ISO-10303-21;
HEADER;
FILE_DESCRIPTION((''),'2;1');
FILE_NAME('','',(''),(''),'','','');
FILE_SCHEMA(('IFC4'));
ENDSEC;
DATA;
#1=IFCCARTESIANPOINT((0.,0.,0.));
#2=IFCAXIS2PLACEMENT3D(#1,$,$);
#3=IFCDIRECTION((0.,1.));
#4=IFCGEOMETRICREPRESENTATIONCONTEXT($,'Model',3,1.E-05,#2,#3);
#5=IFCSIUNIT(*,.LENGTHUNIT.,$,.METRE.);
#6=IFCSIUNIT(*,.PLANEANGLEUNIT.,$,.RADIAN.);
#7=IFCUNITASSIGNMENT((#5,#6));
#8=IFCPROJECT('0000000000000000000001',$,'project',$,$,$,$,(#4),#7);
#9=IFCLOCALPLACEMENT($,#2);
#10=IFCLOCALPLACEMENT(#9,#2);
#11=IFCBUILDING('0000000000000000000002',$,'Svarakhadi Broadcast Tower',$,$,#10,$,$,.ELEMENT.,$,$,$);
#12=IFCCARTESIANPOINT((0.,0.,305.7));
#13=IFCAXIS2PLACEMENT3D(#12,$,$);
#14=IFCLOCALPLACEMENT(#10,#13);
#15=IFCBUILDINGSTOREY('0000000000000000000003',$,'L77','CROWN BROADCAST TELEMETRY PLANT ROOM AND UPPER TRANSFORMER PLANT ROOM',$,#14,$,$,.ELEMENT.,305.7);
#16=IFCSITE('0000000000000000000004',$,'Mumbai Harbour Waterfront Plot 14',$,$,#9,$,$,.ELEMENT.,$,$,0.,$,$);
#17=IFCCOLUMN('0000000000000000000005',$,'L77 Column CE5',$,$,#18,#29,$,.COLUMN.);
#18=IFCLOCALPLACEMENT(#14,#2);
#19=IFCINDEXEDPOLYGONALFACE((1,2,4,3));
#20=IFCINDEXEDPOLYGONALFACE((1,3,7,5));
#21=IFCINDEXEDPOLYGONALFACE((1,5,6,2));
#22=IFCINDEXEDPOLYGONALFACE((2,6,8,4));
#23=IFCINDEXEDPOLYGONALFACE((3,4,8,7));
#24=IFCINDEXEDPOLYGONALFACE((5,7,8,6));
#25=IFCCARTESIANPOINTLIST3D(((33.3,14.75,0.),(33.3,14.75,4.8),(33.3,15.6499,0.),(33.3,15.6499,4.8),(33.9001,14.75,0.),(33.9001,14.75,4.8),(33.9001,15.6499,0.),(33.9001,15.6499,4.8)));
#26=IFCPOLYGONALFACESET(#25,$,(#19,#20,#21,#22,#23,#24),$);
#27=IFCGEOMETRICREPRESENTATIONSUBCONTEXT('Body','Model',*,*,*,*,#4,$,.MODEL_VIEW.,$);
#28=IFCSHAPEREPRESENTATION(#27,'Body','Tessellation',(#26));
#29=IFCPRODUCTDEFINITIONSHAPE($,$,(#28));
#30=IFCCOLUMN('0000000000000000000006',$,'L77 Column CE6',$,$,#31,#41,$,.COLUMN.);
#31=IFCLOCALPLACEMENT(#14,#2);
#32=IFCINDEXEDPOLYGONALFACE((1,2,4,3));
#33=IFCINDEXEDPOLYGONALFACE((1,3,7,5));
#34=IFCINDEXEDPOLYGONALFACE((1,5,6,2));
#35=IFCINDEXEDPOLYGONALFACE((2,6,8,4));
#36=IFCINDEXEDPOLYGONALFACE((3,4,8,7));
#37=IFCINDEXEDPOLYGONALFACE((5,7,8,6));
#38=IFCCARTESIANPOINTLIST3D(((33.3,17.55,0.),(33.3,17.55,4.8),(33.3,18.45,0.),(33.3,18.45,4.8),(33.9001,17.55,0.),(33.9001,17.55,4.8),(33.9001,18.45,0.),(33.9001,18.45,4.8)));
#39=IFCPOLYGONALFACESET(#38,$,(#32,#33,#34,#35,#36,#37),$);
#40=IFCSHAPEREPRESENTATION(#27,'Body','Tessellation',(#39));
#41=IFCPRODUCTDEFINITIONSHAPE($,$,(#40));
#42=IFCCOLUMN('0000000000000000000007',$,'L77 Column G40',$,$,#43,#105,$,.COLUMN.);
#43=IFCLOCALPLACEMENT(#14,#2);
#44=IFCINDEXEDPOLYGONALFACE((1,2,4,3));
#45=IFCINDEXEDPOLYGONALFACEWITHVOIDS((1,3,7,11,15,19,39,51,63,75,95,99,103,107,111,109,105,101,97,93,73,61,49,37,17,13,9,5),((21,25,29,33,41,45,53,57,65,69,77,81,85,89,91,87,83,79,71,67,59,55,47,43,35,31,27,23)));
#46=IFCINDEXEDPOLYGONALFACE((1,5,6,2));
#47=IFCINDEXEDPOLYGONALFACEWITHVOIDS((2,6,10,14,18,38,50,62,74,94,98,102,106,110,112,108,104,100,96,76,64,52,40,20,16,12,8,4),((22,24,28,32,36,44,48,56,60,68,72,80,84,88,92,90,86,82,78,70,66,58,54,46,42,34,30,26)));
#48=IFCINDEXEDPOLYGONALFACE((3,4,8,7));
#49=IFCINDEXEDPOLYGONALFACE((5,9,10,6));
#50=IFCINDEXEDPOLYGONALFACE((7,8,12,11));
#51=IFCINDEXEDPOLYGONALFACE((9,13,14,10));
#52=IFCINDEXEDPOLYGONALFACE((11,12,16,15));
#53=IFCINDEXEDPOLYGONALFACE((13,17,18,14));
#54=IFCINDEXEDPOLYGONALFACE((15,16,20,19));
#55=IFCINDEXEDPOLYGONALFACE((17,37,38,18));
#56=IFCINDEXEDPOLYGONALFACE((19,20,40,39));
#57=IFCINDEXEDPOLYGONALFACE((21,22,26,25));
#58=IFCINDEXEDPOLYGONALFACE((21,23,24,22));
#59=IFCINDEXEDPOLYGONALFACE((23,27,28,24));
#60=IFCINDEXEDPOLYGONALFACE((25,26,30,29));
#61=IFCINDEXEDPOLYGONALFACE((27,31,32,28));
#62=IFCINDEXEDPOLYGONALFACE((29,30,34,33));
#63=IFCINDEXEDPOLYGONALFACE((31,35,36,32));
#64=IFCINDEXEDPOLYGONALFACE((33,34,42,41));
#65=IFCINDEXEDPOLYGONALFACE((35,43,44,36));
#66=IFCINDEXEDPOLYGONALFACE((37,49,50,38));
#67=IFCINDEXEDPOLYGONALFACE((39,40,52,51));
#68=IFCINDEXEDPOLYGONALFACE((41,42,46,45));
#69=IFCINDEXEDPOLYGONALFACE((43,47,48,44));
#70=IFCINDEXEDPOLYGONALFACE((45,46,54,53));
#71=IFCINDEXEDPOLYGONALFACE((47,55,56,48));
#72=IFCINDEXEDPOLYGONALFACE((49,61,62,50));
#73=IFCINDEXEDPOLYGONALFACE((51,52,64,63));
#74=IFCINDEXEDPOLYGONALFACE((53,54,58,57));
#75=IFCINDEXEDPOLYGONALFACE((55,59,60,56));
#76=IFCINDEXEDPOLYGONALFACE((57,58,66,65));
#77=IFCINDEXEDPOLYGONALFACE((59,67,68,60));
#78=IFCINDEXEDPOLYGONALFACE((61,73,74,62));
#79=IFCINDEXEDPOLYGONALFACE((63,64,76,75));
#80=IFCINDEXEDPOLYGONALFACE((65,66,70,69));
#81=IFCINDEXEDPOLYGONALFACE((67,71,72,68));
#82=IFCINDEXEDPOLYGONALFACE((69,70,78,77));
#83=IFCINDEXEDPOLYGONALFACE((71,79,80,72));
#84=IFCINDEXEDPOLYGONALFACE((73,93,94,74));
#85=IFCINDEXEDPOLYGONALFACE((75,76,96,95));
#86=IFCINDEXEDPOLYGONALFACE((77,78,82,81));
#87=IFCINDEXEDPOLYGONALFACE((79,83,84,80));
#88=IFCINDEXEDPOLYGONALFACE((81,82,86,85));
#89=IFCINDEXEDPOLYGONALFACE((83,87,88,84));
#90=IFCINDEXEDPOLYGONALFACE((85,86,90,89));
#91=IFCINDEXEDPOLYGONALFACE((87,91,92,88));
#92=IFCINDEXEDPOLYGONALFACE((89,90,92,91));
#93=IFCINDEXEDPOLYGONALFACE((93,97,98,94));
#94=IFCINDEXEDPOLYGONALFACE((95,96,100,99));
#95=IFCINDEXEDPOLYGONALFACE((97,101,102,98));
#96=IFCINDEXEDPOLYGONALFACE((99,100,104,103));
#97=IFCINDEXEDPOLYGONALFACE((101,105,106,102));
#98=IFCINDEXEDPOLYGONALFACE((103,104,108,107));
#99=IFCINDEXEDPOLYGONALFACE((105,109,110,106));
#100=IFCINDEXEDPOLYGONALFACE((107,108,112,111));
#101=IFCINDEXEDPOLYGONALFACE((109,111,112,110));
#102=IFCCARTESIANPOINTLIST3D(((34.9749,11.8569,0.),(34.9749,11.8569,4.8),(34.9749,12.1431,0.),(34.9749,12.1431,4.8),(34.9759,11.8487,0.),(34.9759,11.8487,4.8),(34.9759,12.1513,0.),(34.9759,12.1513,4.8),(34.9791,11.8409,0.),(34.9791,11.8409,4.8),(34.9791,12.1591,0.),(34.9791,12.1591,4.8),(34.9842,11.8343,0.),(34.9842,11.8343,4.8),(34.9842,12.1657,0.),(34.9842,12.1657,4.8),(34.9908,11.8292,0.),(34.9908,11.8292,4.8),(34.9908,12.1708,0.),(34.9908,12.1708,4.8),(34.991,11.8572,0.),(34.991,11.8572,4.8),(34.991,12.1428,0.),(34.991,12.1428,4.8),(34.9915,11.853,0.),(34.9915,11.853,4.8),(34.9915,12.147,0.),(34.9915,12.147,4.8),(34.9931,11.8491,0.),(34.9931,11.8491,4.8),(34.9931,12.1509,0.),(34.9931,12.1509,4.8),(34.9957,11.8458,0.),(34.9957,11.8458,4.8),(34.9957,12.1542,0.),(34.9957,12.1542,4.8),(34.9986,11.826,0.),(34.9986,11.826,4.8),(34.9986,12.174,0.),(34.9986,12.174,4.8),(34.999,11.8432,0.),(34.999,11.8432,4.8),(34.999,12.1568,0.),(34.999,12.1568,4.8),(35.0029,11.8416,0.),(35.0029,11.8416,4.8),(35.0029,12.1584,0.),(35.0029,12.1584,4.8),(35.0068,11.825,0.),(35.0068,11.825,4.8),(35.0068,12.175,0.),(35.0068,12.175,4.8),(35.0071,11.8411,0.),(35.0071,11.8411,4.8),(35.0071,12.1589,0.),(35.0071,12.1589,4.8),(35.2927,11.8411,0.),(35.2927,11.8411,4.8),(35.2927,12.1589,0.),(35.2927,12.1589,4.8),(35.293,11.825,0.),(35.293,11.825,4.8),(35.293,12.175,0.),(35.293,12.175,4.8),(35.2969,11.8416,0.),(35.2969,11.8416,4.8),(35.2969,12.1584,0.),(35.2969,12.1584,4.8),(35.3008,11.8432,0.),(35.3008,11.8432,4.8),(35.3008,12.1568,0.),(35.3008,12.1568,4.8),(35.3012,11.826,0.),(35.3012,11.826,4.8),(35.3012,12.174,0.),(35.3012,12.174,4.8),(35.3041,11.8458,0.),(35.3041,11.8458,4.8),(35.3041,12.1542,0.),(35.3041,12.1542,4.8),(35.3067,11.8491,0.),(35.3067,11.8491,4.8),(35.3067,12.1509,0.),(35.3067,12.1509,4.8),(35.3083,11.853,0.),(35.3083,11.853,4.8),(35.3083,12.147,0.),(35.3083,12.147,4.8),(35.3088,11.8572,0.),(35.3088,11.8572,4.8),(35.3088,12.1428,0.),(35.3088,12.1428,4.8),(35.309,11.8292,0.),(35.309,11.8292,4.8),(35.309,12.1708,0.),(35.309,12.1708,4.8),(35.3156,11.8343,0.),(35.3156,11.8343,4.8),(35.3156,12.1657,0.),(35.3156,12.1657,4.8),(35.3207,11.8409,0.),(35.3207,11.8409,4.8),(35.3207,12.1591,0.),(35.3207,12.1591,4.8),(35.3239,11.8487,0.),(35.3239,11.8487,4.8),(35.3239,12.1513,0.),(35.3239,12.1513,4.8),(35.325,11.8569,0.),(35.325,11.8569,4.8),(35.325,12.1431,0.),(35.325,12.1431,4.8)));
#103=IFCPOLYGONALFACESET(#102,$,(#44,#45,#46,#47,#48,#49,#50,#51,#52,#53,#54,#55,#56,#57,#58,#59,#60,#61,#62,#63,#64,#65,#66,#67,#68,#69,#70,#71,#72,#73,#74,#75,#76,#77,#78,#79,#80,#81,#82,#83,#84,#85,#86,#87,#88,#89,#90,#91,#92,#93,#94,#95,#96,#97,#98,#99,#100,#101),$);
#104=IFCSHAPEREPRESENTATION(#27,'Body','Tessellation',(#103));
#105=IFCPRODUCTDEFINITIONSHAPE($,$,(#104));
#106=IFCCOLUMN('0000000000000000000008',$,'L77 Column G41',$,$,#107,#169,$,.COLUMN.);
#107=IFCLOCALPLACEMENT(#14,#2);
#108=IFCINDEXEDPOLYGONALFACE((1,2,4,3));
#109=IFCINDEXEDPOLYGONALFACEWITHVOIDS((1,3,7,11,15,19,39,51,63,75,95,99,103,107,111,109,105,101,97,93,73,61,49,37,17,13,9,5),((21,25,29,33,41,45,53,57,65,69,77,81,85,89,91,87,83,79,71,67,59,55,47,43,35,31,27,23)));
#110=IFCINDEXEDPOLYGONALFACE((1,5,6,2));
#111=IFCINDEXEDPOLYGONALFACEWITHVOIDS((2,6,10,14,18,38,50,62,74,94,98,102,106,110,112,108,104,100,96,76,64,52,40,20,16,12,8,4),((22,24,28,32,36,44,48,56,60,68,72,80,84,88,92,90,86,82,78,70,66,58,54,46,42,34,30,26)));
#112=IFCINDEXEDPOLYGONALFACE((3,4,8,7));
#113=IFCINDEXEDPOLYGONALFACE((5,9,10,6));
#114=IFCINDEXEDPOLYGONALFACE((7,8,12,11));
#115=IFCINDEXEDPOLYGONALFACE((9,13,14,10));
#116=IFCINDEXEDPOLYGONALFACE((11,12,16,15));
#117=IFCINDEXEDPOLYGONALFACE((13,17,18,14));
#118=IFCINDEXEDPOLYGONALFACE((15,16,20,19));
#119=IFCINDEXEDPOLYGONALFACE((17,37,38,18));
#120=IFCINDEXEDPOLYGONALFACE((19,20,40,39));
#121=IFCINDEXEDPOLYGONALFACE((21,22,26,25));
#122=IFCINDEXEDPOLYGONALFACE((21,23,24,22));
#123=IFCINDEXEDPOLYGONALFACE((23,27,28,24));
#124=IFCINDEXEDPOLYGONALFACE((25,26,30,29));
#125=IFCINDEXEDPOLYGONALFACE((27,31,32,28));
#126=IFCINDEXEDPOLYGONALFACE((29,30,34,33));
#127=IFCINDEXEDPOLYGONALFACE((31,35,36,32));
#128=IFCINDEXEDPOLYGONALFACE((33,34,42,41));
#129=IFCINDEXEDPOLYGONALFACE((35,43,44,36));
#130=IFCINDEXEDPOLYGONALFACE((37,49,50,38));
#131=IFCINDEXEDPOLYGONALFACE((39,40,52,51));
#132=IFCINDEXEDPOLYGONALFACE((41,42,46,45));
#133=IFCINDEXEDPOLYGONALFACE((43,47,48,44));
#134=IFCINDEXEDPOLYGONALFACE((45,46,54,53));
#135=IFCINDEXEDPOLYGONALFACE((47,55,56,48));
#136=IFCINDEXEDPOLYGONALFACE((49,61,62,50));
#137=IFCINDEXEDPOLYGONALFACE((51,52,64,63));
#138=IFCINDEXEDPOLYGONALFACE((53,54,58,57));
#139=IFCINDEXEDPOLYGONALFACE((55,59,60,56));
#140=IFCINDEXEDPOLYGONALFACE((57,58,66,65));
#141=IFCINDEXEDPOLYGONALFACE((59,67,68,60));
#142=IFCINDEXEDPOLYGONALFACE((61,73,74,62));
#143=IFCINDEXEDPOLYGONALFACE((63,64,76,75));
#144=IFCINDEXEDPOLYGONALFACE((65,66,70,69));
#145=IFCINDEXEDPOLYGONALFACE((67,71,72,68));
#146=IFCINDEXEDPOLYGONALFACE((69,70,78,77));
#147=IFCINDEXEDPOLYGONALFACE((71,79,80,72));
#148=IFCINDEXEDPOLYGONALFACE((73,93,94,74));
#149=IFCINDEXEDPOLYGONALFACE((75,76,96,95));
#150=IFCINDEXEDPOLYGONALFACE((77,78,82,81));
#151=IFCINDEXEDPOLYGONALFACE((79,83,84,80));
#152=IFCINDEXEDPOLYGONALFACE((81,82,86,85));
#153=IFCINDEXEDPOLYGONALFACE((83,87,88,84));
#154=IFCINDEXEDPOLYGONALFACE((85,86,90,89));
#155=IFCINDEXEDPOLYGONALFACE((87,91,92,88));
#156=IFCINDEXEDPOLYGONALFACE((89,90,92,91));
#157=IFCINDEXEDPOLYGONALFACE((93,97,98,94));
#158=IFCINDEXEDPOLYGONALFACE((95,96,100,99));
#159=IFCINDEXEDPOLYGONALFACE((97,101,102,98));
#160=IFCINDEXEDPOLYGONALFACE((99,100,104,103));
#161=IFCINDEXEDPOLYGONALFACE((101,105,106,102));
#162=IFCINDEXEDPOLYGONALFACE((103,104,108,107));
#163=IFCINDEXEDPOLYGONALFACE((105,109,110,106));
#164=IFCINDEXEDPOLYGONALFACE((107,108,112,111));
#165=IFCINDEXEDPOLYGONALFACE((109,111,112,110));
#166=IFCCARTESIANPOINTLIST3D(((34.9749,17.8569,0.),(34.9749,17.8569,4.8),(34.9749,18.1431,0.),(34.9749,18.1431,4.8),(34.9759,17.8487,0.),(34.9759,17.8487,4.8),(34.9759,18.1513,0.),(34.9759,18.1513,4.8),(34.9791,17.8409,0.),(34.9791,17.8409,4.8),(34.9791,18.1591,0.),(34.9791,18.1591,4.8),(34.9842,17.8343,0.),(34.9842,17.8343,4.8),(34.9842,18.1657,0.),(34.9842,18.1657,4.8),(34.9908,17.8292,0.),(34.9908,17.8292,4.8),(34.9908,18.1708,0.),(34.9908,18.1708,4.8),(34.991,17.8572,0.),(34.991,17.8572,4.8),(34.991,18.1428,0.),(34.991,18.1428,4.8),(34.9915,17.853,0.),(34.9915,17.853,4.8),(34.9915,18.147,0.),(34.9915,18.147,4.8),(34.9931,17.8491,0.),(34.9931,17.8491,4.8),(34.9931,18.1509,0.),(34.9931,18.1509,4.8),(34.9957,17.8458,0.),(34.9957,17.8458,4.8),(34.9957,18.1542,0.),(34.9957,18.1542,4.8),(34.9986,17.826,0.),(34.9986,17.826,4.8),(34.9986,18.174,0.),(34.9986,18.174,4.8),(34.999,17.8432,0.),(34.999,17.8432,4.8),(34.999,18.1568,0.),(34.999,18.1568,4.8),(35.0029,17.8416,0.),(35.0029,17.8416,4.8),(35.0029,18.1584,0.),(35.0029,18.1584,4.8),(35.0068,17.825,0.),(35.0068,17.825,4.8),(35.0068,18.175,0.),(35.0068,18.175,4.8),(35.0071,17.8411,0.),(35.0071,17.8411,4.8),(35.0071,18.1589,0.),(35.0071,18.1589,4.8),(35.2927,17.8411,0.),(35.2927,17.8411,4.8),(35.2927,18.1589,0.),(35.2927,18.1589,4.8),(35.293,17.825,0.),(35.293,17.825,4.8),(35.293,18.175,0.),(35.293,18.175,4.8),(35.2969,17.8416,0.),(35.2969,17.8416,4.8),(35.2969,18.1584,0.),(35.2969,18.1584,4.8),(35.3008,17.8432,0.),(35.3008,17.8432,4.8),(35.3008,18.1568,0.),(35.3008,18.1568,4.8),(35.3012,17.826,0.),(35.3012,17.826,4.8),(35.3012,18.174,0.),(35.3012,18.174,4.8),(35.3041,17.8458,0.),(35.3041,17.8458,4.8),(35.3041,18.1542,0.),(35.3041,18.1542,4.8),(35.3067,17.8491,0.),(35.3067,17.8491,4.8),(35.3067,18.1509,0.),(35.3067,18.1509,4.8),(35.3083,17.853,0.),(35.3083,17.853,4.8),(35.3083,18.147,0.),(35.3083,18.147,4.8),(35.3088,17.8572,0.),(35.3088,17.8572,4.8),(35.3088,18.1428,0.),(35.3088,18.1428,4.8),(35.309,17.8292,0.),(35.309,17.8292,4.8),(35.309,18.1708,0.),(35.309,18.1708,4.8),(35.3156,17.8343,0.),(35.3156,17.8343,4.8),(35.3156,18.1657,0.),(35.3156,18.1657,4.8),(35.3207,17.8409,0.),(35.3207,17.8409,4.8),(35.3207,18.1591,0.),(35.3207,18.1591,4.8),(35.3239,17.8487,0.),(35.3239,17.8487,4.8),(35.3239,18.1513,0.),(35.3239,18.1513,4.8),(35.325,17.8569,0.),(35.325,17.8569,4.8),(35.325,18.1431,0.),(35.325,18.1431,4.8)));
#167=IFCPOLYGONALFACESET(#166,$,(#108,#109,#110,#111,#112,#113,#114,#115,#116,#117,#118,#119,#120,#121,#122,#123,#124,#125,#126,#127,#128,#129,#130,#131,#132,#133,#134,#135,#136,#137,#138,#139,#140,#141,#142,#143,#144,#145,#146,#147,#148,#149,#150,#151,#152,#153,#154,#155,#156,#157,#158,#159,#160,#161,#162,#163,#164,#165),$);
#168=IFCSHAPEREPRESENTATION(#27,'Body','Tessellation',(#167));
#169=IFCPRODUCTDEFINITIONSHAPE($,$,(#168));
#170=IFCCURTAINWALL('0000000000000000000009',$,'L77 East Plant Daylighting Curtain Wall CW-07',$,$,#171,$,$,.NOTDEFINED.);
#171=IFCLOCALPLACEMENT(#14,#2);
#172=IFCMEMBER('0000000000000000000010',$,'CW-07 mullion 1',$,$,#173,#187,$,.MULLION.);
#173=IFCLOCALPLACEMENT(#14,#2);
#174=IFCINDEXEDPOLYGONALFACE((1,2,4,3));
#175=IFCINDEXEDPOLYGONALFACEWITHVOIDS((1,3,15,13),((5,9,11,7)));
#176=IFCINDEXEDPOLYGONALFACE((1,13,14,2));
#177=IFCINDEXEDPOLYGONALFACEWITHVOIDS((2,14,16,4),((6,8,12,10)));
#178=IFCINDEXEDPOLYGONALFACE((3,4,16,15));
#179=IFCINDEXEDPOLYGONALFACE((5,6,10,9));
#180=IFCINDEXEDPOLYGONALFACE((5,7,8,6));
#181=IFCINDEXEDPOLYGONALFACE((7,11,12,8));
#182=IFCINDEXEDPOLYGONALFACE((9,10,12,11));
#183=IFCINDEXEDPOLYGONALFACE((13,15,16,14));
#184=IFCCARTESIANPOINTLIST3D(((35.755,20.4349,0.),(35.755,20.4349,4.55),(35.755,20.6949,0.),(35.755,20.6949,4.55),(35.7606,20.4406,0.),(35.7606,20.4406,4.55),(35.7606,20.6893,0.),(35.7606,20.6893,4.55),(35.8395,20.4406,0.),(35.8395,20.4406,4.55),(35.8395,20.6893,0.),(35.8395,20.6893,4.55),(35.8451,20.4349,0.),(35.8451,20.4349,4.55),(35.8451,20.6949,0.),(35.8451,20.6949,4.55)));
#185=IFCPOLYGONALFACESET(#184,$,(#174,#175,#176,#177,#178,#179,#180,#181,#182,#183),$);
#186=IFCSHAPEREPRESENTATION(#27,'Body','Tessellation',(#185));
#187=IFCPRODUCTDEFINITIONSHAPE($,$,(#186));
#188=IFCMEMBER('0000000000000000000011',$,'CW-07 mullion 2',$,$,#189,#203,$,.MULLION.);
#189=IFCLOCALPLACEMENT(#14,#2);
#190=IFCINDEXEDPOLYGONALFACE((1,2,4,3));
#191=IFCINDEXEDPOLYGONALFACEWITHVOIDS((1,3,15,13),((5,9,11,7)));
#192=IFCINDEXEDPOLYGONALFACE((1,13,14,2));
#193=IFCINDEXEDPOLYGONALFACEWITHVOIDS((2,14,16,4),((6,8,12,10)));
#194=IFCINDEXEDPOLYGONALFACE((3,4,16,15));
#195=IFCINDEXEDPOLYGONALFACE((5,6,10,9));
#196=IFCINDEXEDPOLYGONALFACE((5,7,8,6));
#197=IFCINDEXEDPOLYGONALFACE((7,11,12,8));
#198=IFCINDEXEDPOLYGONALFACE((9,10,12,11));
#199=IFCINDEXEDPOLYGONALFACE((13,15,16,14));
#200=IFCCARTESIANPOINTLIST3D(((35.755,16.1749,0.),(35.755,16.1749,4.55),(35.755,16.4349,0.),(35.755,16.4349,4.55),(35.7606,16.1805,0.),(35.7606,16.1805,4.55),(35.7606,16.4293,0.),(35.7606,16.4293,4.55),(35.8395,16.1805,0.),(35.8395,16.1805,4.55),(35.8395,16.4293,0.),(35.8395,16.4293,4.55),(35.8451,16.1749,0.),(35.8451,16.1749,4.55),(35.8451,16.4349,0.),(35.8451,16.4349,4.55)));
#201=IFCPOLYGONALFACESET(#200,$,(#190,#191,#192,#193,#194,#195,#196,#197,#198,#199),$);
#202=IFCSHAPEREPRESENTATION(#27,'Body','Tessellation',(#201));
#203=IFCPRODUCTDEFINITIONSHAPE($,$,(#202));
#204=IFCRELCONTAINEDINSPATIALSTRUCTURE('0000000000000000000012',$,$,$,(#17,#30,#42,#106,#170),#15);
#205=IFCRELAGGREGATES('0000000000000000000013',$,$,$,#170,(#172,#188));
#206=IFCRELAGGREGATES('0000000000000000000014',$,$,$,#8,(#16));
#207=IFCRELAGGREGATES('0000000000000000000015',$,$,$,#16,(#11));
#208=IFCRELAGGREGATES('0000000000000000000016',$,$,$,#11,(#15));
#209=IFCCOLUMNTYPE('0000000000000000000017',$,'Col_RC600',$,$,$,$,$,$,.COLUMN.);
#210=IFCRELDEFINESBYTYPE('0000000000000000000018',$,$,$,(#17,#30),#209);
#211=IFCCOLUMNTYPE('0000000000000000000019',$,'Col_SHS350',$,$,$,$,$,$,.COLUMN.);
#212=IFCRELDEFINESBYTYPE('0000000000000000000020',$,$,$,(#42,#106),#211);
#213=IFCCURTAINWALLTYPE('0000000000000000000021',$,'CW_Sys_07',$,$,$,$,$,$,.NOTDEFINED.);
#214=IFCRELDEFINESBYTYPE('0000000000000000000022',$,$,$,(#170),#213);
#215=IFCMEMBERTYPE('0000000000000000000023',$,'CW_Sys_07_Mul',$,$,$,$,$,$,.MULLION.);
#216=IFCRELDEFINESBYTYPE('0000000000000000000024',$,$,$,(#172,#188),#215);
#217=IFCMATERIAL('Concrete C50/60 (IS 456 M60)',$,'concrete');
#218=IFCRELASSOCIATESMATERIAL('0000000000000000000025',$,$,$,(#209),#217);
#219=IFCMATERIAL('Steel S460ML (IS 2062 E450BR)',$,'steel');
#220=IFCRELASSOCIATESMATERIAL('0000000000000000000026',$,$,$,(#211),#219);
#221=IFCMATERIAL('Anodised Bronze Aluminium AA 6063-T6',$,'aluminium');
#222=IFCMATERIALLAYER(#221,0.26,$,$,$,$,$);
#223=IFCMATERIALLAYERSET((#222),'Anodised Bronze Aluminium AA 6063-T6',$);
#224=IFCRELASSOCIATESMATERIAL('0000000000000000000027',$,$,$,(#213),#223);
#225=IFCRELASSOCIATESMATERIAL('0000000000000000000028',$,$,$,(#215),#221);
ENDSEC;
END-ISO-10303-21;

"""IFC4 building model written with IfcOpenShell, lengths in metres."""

from ifc_helpers import new_model, si_unit, direction, frame, origin, origin_2d, place, context, subcontext, project, spatial, rectangle, hollow_rectangle, extrude, material, layer, layer_set, material_profile, profile_set, type_object, element, aggregate, save


model = new_model("IFC4")

# Units and contexts
model_context = context("Model", 3, precision=1e-05, world=origin(), true_north=direction((0.0, 1.0)))
body_context = subcontext(model_context, "Body", "Model", "MODEL_VIEW")
ifc_project = project(units=[si_unit("LENGTHUNIT", "METRE"), si_unit("PLANEANGLEUNIT", "RADIAN")], contexts=[model_context])

# Site, building, storey
site_placement = place(None, origin())
site = spatial("IfcSite", under=ifc_project, at=site_placement, Name="Mumbai Harbour Waterfront Plot 14", CompositionType="ELEMENT", RefElevation=0.0)
building_placement = place(site_placement, origin())
building = spatial("IfcBuilding", under=site, at=building_placement, Name="Svarakhadi Broadcast Tower", CompositionType="ELEMENT")
storey_placement = place(building_placement, frame((0.0, 0.0, 305.7)))
storey = spatial("IfcBuildingStorey", under=building, at=storey_placement, Name="L77", Description="CROWN BROADCAST TELEMETRY PLANT ROOM AND UPPER TRANSFORMER PLANT ROOM", CompositionType="ELEMENT", Elevation=305.7)

# Columns
ifc_material_1 = material(Name="Concrete C50/60 (IS 456 M60)", Category="concrete")
ifc_material_profile_1 = material_profile(ifc_material_1, rectangle(XDim=0.6001, YDim=0.8999, at=origin_2d()), Name="RC 600x900")
ifc_profile_set_1 = profile_set([ifc_material_profile_1], Name="Concrete C50/60 (IS 456 M60)")
column_type_1 = type_object("IfcColumnType", Name="Col_RC600", PredefinedType="COLUMN", material=ifc_profile_set_1)
for number, where, z_axis, x_axis, name in (
    (1, (33.6001, 15.2, 0.0), (0.0, 0.0, 1.0), (1.0, 0.0, 0.0), "L77 Column CE5"),
    (2, (33.6001, 18.0, 0.0), (0.0, 0.0, 1.0), (1.0, 0.0, 0.0), "L77 Column CE6"),
):
    element("IfcColumn", number, at=place(storey_placement, frame(where, z_axis=z_axis, x_axis=x_axis)), inside=storey, type_object=column_type_1, Name=name, PredefinedType="COLUMN", context=body_context, shape_type="SweptSolid", body=[
        extrude(rectangle(XDim=0.6001, YDim=0.8999, at=origin_2d()), origin(), (0.0, 0.0, 1.0), 4.8),
    ])
ifc_material_2 = material(Name="Steel S460ML (IS 2062 E450BR)", Category="steel")
ifc_material_profile_2 = material_profile(ifc_material_2, hollow_rectangle(XDim=0.3501, YDim=0.3501, WallThickness=0.0161, InnerFilletRadius=0.0161, OuterFilletRadius=0.032, at=origin_2d()), Name="SHS 350x350x16")
ifc_profile_set_2 = profile_set([ifc_material_profile_2], Name="Steel S460ML (IS 2062 E450BR)")
column_type_2 = type_object("IfcColumnType", Name="Col_SHS350", PredefinedType="COLUMN", material=ifc_profile_set_2)
for number, where, z_axis, x_axis, name in (
    (3, (35.1499, 12.0, 0.0), (0.0, 0.0, 1.0), (1.0, 0.0, 0.0), "L77 Column G40"),
    (4, (35.1499, 18.0, 0.0), (0.0, 0.0, 1.0), (1.0, 0.0, 0.0), "L77 Column G41"),
):
    element("IfcColumn", number, at=place(storey_placement, frame(where, z_axis=z_axis, x_axis=x_axis)), inside=storey, type_object=column_type_2, Name=name, PredefinedType="COLUMN", context=body_context, shape_type="SweptSolid", body=[
        extrude(hollow_rectangle(XDim=0.3501, YDim=0.3501, WallThickness=0.0161, InnerFilletRadius=0.0161, OuterFilletRadius=0.032, at=origin_2d()), origin(), (0.0, 0.0, 1.0), 4.8),
    ])

# Curtain wall, members
ifc_material_3 = material(Name="Anodised Bronze Aluminium AA 6063-T6", Category="aluminium")
ifc_layer_1 = layer(ifc_material_3, 0.26)
ifc_layer_set_1 = layer_set([ifc_layer_1], Name="Anodised Bronze Aluminium AA 6063-T6")
curtain_wall_type = type_object("IfcCurtainWallType", Name="CW_Sys_07", PredefinedType="NOTDEFINED", material=ifc_layer_set_1)
curtain_wall_placement = place(storey_placement, origin())
curtain_wall = element("IfcCurtainWall", 5, at=curtain_wall_placement, inside=storey, type_object=curtain_wall_type, Name="L77 East Plant Daylighting Curtain Wall CW-07", PredefinedType="NOTDEFINED")
ifc_material_profile_3 = material_profile(ifc_material_3, hollow_rectangle(XDim=0.0901, YDim=0.26, WallThickness=0.0056, at=origin_2d()), Name="ALU MULLION 260x90x6")
ifc_profile_set_3 = profile_set([ifc_material_profile_3], Name="Anodised Bronze Aluminium AA 6063-T6")
member_type_1 = type_object("IfcMemberType", Name="CW_Sys_07_Mul", PredefinedType="MULLION", material=ifc_profile_set_3)
member_1_placement = place(storey_placement, frame((35.8, 20.5649, 0.0), z_axis=(0.0, 0.0, 1.0), x_axis=(1.0, 0.0, 0.0)))
member_1 = element("IfcMember", 6, at=member_1_placement, type_object=member_type_1, Name="CW-07 mullion 1", PredefinedType="MULLION", context=body_context, shape_type="SweptSolid", body=[
    extrude(hollow_rectangle(XDim=0.0901, YDim=0.26, WallThickness=0.0056, at=origin_2d()), origin(), (0.0, 0.0, 1.0), 4.55),
])
member_2_placement = place(storey_placement, frame((35.8, 16.3049, 0.0), z_axis=(0.0, 0.0, 1.0), x_axis=(1.0, 0.0, 0.0)))
member_2 = element("IfcMember", 7, at=member_2_placement, type_object=member_type_1, Name="CW-07 mullion 2", PredefinedType="MULLION", context=body_context, shape_type="SweptSolid", body=[
    extrude(hollow_rectangle(XDim=0.0901, YDim=0.26, WallThickness=0.0056, at=origin_2d()), origin(), (0.0, 0.0, 1.0), 4.55),
])

aggregate(curtain_wall, [member_1, member_2])

save(model, "model.ifc")
